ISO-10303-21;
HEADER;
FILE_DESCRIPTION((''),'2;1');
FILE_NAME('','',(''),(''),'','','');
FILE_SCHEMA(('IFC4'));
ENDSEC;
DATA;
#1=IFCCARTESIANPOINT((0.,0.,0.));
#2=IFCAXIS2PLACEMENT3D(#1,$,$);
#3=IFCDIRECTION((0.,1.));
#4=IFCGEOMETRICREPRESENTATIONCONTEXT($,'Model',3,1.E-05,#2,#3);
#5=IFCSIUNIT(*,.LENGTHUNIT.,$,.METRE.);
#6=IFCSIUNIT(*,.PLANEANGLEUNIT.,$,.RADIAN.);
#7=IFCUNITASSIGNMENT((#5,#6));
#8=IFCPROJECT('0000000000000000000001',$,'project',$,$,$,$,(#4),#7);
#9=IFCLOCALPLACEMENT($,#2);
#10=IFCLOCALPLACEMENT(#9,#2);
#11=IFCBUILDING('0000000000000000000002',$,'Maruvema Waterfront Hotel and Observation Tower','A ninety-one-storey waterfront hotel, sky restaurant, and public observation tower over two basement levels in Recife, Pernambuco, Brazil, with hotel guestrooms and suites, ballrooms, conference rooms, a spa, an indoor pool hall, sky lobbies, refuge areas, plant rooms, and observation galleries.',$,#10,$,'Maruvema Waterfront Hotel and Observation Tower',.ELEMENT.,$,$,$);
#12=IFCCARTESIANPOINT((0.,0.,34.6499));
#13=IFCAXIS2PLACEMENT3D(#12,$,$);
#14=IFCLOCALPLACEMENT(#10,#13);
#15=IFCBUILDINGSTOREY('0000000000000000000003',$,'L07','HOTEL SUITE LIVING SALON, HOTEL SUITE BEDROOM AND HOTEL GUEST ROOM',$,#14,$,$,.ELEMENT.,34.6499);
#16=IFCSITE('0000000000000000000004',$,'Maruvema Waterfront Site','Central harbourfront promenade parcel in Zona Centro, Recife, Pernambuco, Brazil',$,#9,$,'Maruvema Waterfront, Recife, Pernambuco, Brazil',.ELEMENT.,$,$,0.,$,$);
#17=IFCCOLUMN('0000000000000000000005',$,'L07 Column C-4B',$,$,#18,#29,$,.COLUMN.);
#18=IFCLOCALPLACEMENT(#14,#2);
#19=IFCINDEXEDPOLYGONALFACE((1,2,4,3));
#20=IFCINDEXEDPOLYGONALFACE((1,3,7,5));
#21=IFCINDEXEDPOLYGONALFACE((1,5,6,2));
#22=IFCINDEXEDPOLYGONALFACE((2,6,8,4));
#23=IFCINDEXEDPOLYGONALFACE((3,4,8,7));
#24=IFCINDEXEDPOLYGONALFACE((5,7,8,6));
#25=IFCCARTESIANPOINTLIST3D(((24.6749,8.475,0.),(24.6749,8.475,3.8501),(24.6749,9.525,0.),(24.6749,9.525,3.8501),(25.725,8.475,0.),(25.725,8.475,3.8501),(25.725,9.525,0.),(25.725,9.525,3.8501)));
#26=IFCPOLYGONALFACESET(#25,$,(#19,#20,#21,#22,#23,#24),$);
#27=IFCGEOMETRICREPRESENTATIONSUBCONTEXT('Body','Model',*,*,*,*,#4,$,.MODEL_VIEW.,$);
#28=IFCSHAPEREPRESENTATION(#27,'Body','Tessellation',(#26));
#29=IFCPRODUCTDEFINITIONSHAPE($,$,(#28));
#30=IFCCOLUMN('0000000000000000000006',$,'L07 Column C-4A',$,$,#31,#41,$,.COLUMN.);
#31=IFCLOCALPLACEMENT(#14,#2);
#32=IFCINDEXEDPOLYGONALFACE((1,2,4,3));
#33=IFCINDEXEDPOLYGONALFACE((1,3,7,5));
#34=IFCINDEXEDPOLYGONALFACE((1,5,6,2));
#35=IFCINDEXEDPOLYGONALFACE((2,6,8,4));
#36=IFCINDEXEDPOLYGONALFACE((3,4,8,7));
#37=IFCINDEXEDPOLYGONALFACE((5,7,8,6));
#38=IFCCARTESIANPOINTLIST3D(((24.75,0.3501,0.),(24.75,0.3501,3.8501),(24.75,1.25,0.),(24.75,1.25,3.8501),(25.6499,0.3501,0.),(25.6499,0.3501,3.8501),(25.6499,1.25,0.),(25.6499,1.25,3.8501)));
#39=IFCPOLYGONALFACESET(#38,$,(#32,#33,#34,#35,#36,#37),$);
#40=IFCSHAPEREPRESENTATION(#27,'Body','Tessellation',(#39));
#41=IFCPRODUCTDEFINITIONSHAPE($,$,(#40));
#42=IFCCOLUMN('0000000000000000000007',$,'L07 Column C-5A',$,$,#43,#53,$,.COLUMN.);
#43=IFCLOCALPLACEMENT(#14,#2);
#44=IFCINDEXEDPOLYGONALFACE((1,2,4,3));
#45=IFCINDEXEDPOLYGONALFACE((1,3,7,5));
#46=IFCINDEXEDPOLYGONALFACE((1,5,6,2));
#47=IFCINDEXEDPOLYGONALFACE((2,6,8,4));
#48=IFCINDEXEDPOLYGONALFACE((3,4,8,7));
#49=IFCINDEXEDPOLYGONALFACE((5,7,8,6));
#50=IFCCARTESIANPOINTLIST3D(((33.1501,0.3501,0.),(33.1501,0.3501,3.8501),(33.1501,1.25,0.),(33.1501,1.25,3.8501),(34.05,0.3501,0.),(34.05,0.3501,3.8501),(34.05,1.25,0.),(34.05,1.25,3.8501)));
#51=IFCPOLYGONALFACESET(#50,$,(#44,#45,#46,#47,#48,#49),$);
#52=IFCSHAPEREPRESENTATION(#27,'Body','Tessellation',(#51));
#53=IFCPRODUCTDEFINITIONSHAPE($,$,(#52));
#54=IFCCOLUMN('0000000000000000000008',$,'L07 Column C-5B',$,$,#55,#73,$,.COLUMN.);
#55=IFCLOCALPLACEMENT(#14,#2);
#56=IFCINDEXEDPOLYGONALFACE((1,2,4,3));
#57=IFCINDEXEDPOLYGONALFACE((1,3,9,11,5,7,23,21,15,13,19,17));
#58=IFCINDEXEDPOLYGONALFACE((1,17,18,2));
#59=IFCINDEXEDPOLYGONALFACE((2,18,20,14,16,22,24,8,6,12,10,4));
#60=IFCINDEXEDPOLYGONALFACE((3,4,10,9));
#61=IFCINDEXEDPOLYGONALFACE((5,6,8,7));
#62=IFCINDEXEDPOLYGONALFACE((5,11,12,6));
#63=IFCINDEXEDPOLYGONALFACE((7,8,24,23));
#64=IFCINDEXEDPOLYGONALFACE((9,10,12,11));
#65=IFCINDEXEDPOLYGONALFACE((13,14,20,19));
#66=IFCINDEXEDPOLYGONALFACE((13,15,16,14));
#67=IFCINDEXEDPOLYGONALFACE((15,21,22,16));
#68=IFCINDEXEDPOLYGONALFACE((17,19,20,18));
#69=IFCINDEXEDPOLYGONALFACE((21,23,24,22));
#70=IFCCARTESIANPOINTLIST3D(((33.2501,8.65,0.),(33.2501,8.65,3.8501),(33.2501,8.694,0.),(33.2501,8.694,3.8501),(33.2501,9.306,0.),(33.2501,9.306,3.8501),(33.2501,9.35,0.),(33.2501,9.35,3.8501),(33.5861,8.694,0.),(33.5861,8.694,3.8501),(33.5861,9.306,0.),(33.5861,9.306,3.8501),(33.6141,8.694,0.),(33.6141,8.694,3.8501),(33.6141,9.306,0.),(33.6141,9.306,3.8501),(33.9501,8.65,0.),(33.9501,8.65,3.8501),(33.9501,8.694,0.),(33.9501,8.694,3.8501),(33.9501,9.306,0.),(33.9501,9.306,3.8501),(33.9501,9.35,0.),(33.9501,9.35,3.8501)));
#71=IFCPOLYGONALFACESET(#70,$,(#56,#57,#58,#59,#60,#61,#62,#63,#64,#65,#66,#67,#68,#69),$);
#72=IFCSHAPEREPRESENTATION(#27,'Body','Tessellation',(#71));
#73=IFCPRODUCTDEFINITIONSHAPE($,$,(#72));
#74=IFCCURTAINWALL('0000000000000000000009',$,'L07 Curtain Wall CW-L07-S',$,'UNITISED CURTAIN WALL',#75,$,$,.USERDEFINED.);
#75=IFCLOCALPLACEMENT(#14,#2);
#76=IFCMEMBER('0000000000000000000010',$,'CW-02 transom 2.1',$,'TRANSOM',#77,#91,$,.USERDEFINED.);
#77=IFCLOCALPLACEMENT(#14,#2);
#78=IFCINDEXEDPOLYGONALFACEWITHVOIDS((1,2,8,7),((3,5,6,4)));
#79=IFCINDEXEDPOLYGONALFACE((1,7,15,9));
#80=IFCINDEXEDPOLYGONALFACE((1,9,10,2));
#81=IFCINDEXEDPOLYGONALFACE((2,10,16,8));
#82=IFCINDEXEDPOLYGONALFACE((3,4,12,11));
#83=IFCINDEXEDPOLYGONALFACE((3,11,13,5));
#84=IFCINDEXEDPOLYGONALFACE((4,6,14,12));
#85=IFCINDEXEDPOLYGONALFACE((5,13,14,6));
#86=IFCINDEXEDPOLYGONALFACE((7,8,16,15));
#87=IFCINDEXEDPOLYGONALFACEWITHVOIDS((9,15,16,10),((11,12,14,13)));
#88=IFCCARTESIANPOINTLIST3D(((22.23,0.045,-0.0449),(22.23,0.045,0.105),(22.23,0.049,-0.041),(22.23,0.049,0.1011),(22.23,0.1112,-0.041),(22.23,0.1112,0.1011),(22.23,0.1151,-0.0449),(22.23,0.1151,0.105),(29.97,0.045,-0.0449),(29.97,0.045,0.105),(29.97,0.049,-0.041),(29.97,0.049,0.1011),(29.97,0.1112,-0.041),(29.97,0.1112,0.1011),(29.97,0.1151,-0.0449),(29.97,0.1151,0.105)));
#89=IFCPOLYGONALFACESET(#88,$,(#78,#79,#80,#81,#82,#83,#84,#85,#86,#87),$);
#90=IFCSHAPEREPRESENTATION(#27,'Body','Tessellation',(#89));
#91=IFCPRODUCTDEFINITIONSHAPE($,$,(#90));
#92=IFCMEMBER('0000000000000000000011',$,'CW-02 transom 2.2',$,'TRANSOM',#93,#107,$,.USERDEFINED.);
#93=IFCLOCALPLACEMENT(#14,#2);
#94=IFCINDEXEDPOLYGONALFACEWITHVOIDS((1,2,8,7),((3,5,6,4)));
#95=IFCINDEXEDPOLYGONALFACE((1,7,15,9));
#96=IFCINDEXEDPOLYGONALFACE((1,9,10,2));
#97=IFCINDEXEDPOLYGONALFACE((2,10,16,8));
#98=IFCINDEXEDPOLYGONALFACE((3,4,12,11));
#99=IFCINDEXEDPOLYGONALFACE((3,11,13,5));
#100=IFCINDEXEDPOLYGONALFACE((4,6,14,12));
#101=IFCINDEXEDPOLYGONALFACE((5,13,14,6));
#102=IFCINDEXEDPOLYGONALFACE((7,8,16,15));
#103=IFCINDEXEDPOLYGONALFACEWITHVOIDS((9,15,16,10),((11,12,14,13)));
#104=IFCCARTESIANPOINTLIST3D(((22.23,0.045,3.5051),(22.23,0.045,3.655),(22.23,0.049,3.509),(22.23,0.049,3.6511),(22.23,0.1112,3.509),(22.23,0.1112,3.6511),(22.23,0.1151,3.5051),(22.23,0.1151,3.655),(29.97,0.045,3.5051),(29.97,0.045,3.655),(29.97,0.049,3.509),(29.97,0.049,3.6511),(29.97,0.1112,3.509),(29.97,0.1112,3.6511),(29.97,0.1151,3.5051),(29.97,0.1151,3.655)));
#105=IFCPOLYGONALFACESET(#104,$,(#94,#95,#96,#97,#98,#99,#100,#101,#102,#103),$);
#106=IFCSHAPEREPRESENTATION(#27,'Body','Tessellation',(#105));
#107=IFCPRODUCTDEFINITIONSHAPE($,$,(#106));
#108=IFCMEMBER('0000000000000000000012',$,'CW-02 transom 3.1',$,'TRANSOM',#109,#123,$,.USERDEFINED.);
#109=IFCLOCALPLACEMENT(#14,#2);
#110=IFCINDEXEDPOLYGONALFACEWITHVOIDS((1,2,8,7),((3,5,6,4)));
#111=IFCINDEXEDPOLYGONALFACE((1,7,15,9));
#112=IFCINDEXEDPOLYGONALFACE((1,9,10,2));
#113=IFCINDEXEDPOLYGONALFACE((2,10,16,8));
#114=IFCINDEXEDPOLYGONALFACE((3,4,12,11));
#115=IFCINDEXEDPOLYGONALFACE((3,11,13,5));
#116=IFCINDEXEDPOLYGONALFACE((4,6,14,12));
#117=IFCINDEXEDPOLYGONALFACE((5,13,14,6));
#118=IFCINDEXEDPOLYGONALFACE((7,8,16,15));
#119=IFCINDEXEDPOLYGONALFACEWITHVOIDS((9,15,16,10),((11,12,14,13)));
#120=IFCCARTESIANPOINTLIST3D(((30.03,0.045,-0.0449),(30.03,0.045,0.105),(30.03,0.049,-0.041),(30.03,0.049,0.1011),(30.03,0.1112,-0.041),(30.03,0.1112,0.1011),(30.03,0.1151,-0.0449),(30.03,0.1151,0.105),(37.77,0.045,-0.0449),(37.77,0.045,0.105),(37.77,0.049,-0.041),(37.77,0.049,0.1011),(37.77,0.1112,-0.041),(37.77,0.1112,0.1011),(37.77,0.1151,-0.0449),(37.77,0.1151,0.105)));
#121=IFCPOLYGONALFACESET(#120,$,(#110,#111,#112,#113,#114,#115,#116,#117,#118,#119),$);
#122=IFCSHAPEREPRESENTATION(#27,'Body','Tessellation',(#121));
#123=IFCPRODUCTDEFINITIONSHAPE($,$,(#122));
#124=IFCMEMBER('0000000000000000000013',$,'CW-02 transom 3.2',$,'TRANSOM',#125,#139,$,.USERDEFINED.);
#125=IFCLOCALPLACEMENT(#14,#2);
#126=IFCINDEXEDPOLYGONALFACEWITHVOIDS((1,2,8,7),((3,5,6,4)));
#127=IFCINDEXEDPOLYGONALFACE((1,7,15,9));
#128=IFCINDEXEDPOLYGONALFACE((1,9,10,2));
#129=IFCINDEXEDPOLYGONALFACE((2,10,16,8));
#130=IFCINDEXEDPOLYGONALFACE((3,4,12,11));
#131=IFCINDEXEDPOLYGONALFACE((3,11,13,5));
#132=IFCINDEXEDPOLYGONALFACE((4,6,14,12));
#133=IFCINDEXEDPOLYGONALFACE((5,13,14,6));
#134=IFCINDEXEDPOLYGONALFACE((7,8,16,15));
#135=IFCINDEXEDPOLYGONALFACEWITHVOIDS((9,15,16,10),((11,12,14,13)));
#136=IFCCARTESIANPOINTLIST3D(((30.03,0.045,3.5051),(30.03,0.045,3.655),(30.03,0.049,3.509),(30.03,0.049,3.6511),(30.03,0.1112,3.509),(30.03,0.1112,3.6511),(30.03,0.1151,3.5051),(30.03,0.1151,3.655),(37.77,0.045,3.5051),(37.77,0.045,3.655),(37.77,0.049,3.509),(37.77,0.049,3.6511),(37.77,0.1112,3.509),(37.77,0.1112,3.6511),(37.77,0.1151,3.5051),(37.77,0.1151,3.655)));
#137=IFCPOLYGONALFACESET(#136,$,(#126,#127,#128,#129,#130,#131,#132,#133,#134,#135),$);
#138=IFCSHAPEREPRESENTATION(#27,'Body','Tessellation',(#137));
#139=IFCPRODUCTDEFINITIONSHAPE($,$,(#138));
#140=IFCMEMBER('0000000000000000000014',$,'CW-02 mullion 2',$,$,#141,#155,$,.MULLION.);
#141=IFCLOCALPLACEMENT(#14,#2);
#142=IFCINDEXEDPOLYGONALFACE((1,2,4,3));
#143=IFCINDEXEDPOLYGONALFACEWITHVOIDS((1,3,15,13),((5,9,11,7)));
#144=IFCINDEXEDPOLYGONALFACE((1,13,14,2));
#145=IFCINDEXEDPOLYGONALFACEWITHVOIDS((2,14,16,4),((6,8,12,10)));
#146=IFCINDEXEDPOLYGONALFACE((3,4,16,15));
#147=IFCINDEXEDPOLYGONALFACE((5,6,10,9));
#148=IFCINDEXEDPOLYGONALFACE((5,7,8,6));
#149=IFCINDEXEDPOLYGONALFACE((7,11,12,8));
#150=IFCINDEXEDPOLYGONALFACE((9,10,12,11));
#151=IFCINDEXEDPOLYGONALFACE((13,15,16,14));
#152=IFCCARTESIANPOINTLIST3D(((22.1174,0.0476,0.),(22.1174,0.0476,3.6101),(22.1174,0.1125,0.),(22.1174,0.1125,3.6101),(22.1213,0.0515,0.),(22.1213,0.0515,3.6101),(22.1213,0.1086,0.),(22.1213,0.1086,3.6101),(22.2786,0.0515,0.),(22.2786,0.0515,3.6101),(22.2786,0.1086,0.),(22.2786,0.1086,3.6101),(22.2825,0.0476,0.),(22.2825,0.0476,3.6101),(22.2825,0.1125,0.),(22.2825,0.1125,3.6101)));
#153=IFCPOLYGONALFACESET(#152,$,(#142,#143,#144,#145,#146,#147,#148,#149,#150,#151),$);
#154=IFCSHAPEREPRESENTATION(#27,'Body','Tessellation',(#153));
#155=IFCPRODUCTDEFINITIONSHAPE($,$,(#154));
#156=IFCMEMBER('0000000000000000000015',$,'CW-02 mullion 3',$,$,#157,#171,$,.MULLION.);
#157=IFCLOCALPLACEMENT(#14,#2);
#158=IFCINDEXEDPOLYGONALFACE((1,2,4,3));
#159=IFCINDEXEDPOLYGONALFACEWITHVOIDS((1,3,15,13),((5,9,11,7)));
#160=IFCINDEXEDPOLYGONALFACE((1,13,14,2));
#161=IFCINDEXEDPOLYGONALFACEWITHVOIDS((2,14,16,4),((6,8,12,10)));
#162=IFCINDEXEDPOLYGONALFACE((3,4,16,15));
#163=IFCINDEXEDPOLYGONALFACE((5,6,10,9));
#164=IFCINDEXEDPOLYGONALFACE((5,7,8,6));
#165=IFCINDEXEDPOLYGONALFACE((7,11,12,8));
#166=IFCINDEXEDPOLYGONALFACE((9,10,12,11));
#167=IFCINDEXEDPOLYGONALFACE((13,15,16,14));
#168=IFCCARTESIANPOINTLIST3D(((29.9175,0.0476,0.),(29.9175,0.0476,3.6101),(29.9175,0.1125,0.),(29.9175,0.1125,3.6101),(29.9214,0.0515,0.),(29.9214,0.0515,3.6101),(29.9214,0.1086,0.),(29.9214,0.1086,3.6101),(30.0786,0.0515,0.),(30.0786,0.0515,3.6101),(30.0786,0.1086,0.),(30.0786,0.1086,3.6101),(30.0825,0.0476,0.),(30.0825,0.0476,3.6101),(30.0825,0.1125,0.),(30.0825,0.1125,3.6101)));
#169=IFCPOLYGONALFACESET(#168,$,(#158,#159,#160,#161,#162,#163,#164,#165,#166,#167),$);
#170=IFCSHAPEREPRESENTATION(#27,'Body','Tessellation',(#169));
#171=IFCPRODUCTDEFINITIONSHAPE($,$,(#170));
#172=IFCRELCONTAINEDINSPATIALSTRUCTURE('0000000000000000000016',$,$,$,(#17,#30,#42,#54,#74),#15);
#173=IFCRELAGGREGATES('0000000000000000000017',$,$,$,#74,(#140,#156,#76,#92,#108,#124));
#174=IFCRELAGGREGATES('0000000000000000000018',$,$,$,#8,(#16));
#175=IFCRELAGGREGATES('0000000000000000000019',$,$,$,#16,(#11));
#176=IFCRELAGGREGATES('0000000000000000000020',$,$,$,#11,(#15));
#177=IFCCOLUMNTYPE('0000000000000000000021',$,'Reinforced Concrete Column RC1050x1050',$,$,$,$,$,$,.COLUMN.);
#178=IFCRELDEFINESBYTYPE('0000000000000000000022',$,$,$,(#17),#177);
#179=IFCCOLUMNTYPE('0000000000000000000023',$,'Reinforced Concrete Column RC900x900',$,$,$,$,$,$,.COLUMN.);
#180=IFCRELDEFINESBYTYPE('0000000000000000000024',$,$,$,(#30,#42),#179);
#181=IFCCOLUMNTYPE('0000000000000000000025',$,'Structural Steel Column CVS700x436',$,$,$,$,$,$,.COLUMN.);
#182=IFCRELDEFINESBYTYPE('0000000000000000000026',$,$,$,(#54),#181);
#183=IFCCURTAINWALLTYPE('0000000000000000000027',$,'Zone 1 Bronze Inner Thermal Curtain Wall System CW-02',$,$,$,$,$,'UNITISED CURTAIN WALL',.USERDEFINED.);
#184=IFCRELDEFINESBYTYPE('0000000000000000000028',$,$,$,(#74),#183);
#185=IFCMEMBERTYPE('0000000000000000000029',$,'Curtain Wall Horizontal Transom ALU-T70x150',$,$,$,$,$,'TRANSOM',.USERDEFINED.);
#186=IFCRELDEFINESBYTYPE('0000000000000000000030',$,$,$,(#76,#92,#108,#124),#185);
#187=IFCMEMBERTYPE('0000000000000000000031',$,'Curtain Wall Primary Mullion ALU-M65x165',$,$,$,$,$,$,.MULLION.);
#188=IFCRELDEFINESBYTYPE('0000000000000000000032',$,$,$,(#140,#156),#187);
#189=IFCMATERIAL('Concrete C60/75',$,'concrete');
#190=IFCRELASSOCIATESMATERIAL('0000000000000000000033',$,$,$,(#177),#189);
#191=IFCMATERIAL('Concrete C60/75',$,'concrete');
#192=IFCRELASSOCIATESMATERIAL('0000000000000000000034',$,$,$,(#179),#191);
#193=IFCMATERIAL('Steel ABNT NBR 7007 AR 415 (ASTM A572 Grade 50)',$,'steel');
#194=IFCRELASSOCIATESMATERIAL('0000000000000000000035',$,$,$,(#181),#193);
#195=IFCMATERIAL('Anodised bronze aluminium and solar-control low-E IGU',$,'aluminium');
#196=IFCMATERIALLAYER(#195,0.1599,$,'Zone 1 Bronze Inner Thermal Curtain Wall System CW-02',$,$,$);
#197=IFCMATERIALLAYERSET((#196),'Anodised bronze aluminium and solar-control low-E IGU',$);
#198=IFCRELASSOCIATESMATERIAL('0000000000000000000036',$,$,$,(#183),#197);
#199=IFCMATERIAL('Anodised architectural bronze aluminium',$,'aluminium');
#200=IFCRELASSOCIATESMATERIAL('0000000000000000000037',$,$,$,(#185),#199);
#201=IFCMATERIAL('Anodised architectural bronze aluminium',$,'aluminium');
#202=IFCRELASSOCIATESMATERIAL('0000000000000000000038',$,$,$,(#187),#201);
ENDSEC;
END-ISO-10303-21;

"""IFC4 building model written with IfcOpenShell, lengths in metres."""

from ifc_helpers import new_model, si_unit, direction, frame, origin, origin_2d, place, context, subcontext, project, spatial, rectangle, hollow_rectangle, i_section, extrude, material, layer, layer_set, material_profile, profile_set, type_object, element, aggregate, save


model = new_model("IFC4")

# Units and contexts
model_context = context("Model", 3, precision=1e-05, world=origin(), true_north=direction((0.0, 1.0)))
body_context = subcontext(model_context, "Body", "Model", "MODEL_VIEW")
ifc_project = project(units=[si_unit("LENGTHUNIT", "METRE"), si_unit("PLANEANGLEUNIT", "RADIAN")], contexts=[model_context])

# Site, building, storey
site_placement = place(None, origin())
site = spatial("IfcSite", under=ifc_project, at=site_placement, Name="Maruvema Waterfront Site", Description="Central harbourfront promenade parcel in Zona Centro, Recife, Pernambuco, Brazil", LongName="Maruvema Waterfront, Recife, Pernambuco, Brazil", CompositionType="ELEMENT", RefElevation=0.0)
building_placement = place(site_placement, origin())
building = spatial("IfcBuilding", under=site, at=building_placement, Name="Maruvema Waterfront Hotel and Observation Tower", Description="A ninety-one-storey waterfront hotel, sky restaurant, and public observation tower over two basement levels in Recife, Pernambuco, Brazil, with hotel guestrooms and suites, ballrooms, conference rooms, a spa, an indoor pool hall, sky lobbies, refuge areas, plant rooms, and observation galleries.", LongName="Maruvema Waterfront Hotel and Observation Tower", CompositionType="ELEMENT")
storey_placement = place(building_placement, frame((0.0, 0.0, 34.6499)))
storey = spatial("IfcBuildingStorey", under=building, at=storey_placement, Name="L07", Description="HOTEL SUITE LIVING SALON, HOTEL SUITE BEDROOM AND HOTEL GUEST ROOM", CompositionType="ELEMENT", Elevation=34.6499)

# Columns
ifc_material_1 = material(Name="Concrete C60/75", Category="concrete")
ifc_material_profile_1 = material_profile(ifc_material_1, rectangle(XDim=1.05, YDim=1.05, at=origin_2d()), Name="RC1050x1050")
ifc_profile_set_1 = profile_set([ifc_material_profile_1], Name="Concrete C60/75")
column_type_1 = type_object("IfcColumnType", Name="Reinforced Concrete Column RC1050x1050", PredefinedType="COLUMN", material=ifc_profile_set_1)
column_1_placement = place(storey_placement, frame((25.2, 9.0, 0.0), z_axis=(0.0, 0.0, 1.0), x_axis=(1.0, 0.0, 0.0)))
element("IfcColumn", 1, at=column_1_placement, inside=storey, type_object=column_type_1, Name="L07 Column C-4B", PredefinedType="COLUMN", context=body_context, shape_type="SweptSolid", body=[
    extrude(rectangle(XDim=1.05, YDim=1.05, at=origin_2d()), origin(), (0.0, 0.0, 1.0), 3.8501),
])
ifc_material_2 = material(Name="Concrete C60/75", Category="concrete")
ifc_material_profile_2 = material_profile(ifc_material_2, rectangle(XDim=0.8999, YDim=0.8999, at=origin_2d()), Name="RC900x900")
ifc_profile_set_2 = profile_set([ifc_material_profile_2], Name="Concrete C60/75")
column_type_2 = type_object("IfcColumnType", Name="Reinforced Concrete Column RC900x900", PredefinedType="COLUMN", material=ifc_profile_set_2)
for number, where, z_axis, x_axis, name in (
    (2, (25.2, 0.8, 0.0), (0.0, 0.0, 1.0), (1.0, 0.0, 0.0), "L07 Column C-4A"),
    (3, (33.6001, 0.8, 0.0), (0.0, 0.0, 1.0), (1.0, 0.0, 0.0), "L07 Column C-5A"),
):
    element("IfcColumn", number, at=place(storey_placement, frame(where, z_axis=z_axis, x_axis=x_axis)), inside=storey, type_object=column_type_2, Name=name, PredefinedType="COLUMN", context=body_context, shape_type="SweptSolid", body=[
        extrude(rectangle(XDim=0.8999, YDim=0.8999, at=origin_2d()), origin(), (0.0, 0.0, 1.0), 3.8501),
    ])
ifc_material_3 = material(Name="Steel ABNT NBR 7007 AR 415 (ASTM A572 Grade 50)", Category="steel")
ifc_material_profile_3 = material_profile(ifc_material_3, i_section(OverallWidth=0.7, OverallDepth=0.7, WebThickness=0.0281, FlangeThickness=0.0439, at=origin_2d()), Name="CVS700x436")
ifc_profile_set_3 = profile_set([ifc_material_profile_3], Name="Steel ABNT NBR 7007 AR 415 (ASTM A572 Grade 50)")
column_type_3 = type_object("IfcColumnType", Name="Structural Steel Column CVS700x436", PredefinedType="COLUMN", material=ifc_profile_set_3)
column_2_placement = place(storey_placement, frame((33.6001, 9.0, 0.0), z_axis=(0.0, 0.0, 1.0), x_axis=(1.0, 0.0, 0.0)))
element("IfcColumn", 4, at=column_2_placement, inside=storey, type_object=column_type_3, Name="L07 Column C-5B", PredefinedType="COLUMN", context=body_context, shape_type="SweptSolid", body=[
    extrude(i_section(OverallWidth=0.7, OverallDepth=0.7, WebThickness=0.0281, FlangeThickness=0.0439, at=origin_2d()), origin(), (0.0, 0.0, 1.0), 3.8501),
])

# Curtain wall, members
ifc_material_4 = material(Name="Anodised bronze aluminium and solar-control low-E IGU", Category="aluminium")
ifc_layer_1 = layer(ifc_material_4, 0.1599, Name="Zone 1 Bronze Inner Thermal Curtain Wall System CW-02")
ifc_layer_set_1 = layer_set([ifc_layer_1], Name="Anodised bronze aluminium and solar-control low-E IGU")
curtain_wall_type = type_object("IfcCurtainWallType", Name="Zone 1 Bronze Inner Thermal Curtain Wall System CW-02", ElementType="UNITISED CURTAIN WALL", PredefinedType="USERDEFINED", material=ifc_layer_set_1)
curtain_wall_placement = place(storey_placement, origin())
curtain_wall = element("IfcCurtainWall", 5, at=curtain_wall_placement, inside=storey, type_object=curtain_wall_type, Name="L07 Curtain Wall CW-L07-S", ObjectType="UNITISED CURTAIN WALL", PredefinedType="USERDEFINED")
ifc_material_5 = material(Name="Anodised architectural bronze aluminium", Category="aluminium")
ifc_material_profile_4 = material_profile(ifc_material_5, hollow_rectangle(XDim=0.0701, YDim=0.1499, WallThickness=0.0039, at=origin_2d()), Name="ALU-T70x150")
ifc_profile_set_4 = profile_set([ifc_material_profile_4], Name="Anodised architectural bronze aluminium")
member_type_1 = type_object("IfcMemberType", Name="Curtain Wall Horizontal Transom ALU-T70x150", ElementType="TRANSOM", PredefinedType="USERDEFINED", material=ifc_profile_set_4)
member_1_placement = place(storey_placement, frame((22.23, 0.0801, 0.03), z_axis=(1.0, 0.0, 0.0), x_axis=(0.0, 1.0, 0.0)))
member_1 = element("IfcMember", 6, at=member_1_placement, type_object=member_type_1, Name="CW-02 transom 2.1", ObjectType="TRANSOM", PredefinedType="USERDEFINED", context=body_context, shape_type="SweptSolid", body=[
    extrude(hollow_rectangle(XDim=0.0701, YDim=0.1499, WallThickness=0.0039, at=origin_2d()), origin(), (0.0, 0.0, 1.0), 7.74),
])
member_2_placement = place(storey_placement, frame((22.23, 0.0801, 3.5801), z_axis=(1.0, 0.0, 0.0), x_axis=(0.0, 1.0, 0.0)))
member_2 = element("IfcMember", 7, at=member_2_placement, type_object=member_type_1, Name="CW-02 transom 2.2", ObjectType="TRANSOM", PredefinedType="USERDEFINED", context=body_context, shape_type="SweptSolid", body=[
    extrude(hollow_rectangle(XDim=0.0701, YDim=0.1499, WallThickness=0.0039, at=origin_2d()), origin(), (0.0, 0.0, 1.0), 7.74),
])
member_3_placement = place(storey_placement, frame((30.03, 0.0801, 0.03), z_axis=(1.0, 0.0, 0.0), x_axis=(0.0, 1.0, 0.0)))
member_3 = element("IfcMember", 8, at=member_3_placement, type_object=member_type_1, Name="CW-02 transom 3.1", ObjectType="TRANSOM", PredefinedType="USERDEFINED", context=body_context, shape_type="SweptSolid", body=[
    extrude(hollow_rectangle(XDim=0.0701, YDim=0.1499, WallThickness=0.0039, at=origin_2d()), origin(), (0.0, 0.0, 1.0), 7.74),
])
member_4_placement = place(storey_placement, frame((30.03, 0.0801, 3.5801), z_axis=(1.0, 0.0, 0.0), x_axis=(0.0, 1.0, 0.0)))
member_4 = element("IfcMember", 9, at=member_4_placement, type_object=member_type_1, Name="CW-02 transom 3.2", ObjectType="TRANSOM", PredefinedType="USERDEFINED", context=body_context, shape_type="SweptSolid", body=[
    extrude(hollow_rectangle(XDim=0.0701, YDim=0.1499, WallThickness=0.0039, at=origin_2d()), origin(), (0.0, 0.0, 1.0), 7.74),
])
ifc_material_6 = material(Name="Anodised architectural bronze aluminium", Category="aluminium")
ifc_material_profile_5 = material_profile(ifc_material_6, hollow_rectangle(XDim=0.0649, YDim=0.165, WallThickness=0.0039, at=origin_2d()), Name="ALU-M65x165")
ifc_profile_set_5 = profile_set([ifc_material_profile_5], Name="Anodised architectural bronze aluminium")
member_type_2 = type_object("IfcMemberType", Name="Curtain Wall Primary Mullion ALU-M65x165", PredefinedType="MULLION", material=ifc_profile_set_5)
member_5_placement = place(storey_placement, frame((22.2, 0.0801, 0.0), z_axis=(0.0, 0.0, 1.0), x_axis=(0.0, 1.0, 0.0)))
member_5 = element("IfcMember", 10, at=member_5_placement, type_object=member_type_2, Name="CW-02 mullion 2", PredefinedType="MULLION", context=body_context, shape_type="SweptSolid", body=[
    extrude(hollow_rectangle(XDim=0.0649, YDim=0.165, WallThickness=0.0039, at=origin_2d()), origin(), (0.0, 0.0, 1.0), 3.6101),
])
member_6_placement = place(storey_placement, frame((30.0, 0.0801, 0.0), z_axis=(0.0, 0.0, 1.0), x_axis=(0.0, 1.0, 0.0)))
member_6 = element("IfcMember", 11, at=member_6_placement, type_object=member_type_2, Name="CW-02 mullion 3", PredefinedType="MULLION", context=body_context, shape_type="SweptSolid", body=[
    extrude(hollow_rectangle(XDim=0.0649, YDim=0.165, WallThickness=0.0039, at=origin_2d()), origin(), (0.0, 0.0, 1.0), 3.6101),
])

aggregate(curtain_wall, [member_5, member_6, member_1, member_2, member_3, member_4])

save(model, "model.ifc")
